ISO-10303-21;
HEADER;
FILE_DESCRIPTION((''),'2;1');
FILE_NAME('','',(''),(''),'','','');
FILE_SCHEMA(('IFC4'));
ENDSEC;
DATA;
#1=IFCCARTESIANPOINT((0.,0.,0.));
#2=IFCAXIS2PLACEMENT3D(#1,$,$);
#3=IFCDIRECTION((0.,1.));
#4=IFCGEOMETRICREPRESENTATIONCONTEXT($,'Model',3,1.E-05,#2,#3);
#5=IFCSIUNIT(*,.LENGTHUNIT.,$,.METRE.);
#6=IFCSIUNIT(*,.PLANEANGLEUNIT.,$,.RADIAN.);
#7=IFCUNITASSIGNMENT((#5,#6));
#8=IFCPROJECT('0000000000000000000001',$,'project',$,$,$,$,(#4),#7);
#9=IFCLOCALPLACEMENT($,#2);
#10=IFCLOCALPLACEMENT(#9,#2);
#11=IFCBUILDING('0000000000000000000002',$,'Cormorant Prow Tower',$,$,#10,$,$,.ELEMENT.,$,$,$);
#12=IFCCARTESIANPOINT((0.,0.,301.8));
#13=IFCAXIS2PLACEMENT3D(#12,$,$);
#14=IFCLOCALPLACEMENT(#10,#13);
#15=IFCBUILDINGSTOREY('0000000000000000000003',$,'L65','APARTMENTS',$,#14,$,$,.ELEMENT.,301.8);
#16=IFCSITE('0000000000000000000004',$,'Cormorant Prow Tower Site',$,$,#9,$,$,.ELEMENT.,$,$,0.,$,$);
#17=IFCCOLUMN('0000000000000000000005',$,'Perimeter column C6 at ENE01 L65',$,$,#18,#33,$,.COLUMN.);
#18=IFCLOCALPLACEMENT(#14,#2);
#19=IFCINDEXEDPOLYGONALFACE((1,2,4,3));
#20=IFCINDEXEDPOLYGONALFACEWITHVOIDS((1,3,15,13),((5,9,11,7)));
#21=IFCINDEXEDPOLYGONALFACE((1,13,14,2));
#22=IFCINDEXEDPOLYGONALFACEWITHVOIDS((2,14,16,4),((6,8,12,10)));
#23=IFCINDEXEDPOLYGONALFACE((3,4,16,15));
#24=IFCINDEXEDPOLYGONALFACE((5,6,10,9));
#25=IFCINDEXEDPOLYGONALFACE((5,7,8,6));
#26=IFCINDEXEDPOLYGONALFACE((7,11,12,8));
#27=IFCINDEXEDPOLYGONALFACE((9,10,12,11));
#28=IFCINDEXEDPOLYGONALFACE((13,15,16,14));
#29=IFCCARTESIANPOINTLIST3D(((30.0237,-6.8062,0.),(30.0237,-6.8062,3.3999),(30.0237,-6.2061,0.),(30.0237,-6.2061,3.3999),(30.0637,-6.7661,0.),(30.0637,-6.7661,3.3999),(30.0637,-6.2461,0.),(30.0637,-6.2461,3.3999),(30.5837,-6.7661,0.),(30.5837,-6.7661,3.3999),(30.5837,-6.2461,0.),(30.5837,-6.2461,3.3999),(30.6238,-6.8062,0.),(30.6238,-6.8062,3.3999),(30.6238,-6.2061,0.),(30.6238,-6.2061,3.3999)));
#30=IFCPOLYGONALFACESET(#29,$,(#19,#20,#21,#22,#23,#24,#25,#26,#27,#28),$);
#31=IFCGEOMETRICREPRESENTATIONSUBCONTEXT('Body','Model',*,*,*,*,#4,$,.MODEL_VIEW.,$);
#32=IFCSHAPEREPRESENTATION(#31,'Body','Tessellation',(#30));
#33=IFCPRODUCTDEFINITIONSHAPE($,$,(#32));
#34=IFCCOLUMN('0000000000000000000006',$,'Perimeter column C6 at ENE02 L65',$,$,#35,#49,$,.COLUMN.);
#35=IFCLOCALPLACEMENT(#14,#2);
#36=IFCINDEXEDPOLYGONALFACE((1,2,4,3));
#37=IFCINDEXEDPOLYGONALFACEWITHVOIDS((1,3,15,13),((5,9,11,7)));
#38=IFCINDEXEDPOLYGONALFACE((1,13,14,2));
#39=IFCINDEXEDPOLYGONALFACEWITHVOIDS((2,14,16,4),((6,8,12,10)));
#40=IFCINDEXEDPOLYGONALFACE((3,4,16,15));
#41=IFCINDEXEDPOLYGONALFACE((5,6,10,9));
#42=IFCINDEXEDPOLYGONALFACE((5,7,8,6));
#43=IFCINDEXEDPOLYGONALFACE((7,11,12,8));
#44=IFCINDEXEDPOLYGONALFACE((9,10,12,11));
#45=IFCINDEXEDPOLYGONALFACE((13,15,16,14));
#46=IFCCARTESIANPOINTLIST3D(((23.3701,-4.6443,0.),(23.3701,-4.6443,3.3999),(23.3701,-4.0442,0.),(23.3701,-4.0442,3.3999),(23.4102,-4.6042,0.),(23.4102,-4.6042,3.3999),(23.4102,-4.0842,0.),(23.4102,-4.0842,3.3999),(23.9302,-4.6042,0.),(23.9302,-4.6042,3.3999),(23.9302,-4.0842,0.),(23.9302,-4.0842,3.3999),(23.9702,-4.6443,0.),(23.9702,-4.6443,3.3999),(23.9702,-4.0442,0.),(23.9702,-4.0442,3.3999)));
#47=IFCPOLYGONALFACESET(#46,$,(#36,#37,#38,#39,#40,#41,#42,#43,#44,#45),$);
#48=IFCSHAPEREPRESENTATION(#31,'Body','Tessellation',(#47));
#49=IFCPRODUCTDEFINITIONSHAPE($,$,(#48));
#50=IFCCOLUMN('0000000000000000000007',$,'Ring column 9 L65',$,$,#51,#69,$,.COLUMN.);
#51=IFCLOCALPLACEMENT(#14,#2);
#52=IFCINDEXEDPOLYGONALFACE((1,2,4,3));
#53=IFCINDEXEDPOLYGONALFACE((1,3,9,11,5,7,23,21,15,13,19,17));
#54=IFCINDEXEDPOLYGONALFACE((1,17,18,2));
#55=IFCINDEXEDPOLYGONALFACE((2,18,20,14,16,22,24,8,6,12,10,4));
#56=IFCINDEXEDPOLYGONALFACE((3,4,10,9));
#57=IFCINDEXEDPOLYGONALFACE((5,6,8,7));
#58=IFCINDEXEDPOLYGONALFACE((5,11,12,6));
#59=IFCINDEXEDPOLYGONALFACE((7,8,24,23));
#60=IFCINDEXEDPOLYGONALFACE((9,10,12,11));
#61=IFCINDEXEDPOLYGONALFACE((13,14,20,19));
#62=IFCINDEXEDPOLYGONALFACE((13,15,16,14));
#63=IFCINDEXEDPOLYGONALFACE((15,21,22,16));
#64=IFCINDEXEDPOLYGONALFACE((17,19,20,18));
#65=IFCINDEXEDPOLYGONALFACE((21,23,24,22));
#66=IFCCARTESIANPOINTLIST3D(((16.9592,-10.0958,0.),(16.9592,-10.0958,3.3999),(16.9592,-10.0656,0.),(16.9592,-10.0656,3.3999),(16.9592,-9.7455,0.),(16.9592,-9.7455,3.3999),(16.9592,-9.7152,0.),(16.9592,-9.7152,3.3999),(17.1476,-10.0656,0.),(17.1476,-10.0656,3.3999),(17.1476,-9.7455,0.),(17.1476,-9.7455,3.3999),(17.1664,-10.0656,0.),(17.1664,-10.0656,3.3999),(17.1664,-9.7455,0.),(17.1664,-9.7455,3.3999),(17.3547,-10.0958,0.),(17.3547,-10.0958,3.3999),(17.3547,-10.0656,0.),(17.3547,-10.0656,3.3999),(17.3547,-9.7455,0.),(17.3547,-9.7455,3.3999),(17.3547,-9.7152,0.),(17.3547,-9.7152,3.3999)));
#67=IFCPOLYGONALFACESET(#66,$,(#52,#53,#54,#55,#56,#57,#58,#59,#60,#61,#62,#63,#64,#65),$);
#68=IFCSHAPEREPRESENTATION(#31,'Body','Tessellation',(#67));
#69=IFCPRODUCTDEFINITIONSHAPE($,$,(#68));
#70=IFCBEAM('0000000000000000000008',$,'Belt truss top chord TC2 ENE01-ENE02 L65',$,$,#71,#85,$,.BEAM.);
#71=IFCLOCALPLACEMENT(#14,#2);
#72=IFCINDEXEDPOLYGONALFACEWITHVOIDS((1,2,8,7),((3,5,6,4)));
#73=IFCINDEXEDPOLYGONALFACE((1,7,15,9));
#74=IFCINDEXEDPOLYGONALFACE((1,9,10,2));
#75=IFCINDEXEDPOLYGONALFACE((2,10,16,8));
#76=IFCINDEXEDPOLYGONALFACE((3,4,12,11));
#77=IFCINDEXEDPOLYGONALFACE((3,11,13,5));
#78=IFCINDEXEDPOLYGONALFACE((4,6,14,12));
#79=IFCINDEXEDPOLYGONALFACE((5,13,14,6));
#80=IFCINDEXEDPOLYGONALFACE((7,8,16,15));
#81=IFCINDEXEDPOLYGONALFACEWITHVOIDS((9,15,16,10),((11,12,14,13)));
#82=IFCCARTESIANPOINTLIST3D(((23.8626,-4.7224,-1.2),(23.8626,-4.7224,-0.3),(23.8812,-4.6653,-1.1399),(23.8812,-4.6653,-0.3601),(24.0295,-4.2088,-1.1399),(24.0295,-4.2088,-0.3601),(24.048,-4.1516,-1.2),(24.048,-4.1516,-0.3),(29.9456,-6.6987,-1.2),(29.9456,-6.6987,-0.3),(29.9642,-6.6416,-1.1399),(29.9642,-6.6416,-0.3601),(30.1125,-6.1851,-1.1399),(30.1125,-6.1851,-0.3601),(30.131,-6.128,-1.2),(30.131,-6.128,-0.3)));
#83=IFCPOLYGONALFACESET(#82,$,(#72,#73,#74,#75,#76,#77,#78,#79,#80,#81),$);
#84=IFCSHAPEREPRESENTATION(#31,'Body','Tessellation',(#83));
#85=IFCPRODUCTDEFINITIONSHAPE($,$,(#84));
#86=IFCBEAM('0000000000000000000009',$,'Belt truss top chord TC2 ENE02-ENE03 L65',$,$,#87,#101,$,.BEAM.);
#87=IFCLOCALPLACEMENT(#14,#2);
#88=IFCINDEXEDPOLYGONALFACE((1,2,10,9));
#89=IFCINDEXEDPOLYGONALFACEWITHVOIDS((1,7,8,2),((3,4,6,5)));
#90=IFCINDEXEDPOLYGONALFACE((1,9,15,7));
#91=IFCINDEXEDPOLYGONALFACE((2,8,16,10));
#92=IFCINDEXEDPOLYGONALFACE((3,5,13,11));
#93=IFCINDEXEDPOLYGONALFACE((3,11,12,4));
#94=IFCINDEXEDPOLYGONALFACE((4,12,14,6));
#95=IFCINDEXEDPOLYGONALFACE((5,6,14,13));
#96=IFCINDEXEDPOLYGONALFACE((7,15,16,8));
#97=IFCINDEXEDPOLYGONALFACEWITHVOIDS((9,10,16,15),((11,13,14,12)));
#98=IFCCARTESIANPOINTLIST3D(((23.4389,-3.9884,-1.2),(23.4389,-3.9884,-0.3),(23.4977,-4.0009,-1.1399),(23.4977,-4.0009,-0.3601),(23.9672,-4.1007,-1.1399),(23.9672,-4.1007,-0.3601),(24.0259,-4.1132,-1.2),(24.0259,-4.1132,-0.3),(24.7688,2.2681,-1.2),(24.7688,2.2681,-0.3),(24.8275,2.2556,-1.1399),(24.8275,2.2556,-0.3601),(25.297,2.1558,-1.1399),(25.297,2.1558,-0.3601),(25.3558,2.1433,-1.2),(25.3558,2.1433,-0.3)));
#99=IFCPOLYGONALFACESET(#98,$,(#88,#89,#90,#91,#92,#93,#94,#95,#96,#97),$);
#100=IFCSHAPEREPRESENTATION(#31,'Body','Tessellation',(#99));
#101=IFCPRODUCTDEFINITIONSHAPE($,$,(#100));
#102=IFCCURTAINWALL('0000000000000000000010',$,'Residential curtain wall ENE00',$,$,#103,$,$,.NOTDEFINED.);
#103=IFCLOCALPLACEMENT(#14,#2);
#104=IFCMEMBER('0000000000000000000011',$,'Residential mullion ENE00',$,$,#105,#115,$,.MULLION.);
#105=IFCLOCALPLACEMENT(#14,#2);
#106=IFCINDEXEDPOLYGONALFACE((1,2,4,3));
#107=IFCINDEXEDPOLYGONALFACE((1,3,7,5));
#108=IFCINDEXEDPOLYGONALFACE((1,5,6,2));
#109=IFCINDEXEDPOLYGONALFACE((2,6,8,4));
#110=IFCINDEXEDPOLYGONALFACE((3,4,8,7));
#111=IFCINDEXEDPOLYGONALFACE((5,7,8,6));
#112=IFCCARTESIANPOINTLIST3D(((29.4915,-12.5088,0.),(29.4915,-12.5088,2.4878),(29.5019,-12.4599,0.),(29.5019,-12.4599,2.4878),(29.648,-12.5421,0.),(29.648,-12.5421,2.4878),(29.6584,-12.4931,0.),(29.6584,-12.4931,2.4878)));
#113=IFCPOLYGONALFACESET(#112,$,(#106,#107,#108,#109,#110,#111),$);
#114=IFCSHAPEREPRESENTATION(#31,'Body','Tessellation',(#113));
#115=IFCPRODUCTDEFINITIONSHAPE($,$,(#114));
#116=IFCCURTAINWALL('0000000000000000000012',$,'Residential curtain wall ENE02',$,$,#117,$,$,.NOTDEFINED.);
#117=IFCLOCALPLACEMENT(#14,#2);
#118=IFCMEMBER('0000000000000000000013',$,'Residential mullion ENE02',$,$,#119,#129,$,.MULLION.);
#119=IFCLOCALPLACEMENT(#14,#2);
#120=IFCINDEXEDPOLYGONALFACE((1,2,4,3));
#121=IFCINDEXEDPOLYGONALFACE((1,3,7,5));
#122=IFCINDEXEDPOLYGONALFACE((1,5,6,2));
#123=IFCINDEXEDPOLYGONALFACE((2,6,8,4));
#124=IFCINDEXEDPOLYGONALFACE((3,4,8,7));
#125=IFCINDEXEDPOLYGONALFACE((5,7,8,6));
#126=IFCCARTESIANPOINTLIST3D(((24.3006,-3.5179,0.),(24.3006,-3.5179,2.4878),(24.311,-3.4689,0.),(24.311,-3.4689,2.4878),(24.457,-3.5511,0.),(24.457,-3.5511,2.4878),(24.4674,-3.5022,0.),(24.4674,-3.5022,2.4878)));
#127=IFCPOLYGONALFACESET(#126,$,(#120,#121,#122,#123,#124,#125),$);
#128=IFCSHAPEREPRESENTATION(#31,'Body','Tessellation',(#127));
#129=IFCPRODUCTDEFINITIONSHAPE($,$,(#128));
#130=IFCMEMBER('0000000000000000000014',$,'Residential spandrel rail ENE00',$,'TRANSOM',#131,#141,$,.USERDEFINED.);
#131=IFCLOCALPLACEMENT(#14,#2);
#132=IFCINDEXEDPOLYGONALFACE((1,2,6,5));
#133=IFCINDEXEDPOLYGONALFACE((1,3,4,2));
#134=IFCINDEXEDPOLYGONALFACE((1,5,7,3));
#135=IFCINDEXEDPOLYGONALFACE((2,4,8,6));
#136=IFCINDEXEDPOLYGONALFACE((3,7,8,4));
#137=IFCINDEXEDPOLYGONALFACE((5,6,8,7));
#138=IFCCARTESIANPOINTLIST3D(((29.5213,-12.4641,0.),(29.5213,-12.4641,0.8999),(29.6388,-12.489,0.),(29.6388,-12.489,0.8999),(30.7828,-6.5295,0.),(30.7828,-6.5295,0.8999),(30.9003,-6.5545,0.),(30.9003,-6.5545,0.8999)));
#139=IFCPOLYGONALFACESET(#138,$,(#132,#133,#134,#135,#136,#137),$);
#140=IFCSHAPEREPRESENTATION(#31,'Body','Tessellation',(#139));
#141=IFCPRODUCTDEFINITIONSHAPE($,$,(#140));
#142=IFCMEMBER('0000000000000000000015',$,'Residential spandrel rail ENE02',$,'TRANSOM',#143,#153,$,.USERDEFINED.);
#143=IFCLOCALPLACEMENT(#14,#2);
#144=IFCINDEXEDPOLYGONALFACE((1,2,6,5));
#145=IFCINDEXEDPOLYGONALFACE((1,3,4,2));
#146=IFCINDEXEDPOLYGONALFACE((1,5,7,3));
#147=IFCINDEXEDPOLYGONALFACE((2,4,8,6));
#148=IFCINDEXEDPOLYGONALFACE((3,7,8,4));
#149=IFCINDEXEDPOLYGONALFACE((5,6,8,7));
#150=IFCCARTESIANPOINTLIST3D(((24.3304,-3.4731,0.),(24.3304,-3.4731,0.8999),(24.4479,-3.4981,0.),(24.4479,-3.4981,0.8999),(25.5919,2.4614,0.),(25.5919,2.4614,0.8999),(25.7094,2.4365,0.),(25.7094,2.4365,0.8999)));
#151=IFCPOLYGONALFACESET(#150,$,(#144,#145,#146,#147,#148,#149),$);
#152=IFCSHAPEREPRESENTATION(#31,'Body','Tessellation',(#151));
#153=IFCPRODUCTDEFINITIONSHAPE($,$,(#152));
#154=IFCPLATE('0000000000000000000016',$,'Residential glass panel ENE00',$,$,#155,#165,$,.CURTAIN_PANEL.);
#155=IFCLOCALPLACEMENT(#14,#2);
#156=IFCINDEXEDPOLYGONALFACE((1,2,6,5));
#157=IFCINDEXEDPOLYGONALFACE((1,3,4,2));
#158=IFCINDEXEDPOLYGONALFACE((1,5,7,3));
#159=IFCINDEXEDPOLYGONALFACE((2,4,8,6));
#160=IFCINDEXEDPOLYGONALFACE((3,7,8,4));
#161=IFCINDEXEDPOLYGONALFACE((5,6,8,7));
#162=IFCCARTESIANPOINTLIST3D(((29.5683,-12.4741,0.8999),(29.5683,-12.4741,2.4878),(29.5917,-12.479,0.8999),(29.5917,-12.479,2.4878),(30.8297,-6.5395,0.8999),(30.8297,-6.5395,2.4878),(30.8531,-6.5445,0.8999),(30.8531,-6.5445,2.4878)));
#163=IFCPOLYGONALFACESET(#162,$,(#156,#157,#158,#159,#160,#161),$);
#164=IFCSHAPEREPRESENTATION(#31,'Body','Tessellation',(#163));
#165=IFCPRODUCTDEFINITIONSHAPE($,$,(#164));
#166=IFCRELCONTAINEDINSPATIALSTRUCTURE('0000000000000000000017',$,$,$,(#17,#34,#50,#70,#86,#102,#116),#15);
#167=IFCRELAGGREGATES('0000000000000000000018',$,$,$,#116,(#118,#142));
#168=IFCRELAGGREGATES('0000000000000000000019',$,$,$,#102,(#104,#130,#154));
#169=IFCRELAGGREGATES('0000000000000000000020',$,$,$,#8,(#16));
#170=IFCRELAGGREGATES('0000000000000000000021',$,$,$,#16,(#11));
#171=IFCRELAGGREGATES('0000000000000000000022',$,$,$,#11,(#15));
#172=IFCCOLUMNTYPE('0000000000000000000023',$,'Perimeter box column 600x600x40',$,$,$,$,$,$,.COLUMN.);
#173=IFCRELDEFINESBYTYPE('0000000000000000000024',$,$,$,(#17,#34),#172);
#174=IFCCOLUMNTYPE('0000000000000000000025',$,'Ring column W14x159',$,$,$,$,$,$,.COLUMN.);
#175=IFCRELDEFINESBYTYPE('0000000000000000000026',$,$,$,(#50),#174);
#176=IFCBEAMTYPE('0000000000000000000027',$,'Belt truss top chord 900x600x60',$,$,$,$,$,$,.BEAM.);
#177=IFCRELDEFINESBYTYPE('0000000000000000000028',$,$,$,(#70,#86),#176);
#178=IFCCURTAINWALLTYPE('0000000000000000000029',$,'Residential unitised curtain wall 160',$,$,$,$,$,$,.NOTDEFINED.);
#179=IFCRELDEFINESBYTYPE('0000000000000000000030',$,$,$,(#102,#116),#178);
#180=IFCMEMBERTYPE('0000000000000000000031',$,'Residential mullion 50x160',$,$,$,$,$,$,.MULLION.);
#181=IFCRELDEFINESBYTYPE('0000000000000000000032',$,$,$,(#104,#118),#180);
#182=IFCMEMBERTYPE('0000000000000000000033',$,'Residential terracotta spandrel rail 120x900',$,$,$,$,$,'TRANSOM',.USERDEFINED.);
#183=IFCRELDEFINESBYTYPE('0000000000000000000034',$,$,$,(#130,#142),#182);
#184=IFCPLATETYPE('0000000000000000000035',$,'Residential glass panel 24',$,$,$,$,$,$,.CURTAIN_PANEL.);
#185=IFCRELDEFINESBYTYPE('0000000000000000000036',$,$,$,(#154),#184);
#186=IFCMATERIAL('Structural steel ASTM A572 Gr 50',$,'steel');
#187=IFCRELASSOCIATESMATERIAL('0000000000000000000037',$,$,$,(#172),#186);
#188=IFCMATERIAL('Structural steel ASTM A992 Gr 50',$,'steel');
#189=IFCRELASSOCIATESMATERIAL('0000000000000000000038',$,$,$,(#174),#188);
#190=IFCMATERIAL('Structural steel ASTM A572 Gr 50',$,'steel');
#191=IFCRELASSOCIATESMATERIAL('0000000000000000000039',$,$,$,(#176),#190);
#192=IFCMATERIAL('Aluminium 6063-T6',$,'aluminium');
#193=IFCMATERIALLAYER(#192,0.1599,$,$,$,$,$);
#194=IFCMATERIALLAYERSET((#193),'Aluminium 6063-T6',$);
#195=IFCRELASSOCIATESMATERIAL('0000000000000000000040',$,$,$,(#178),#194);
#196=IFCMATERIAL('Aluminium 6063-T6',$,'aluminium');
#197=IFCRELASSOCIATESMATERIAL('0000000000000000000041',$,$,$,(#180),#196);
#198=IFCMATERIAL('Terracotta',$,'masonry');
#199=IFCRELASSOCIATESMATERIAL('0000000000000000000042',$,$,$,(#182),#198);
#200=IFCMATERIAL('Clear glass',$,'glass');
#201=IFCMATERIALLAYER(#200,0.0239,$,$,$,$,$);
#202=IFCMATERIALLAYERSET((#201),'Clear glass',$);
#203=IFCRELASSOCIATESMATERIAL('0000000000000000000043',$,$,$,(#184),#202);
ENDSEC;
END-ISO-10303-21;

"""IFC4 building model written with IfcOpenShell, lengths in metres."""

from ifc_helpers import new_model, si_unit, direction, frame, origin, origin_2d, place, context, subcontext, project, spatial, rectangle, hollow_rectangle, i_section, extrude, material, layer, layer_set, material_profile, profile_set, type_object, element, aggregate, save


model = new_model("IFC4")

# Units and contexts
model_context = context("Model", 3, precision=1e-05, world=origin(), true_north=direction((0.0, 1.0)))
body_context = subcontext(model_context, "Body", "Model", "MODEL_VIEW")
ifc_project = project(units=[si_unit("LENGTHUNIT", "METRE"), si_unit("PLANEANGLEUNIT", "RADIAN")], contexts=[model_context])

# Site, building, storey
site_placement = place(None, origin())
site = spatial("IfcSite", under=ifc_project, at=site_placement, Name="Cormorant Prow Tower Site", CompositionType="ELEMENT", RefElevation=0.0)
building_placement = place(site_placement, origin())
building = spatial("IfcBuilding", under=site, at=building_placement, Name="Cormorant Prow Tower", CompositionType="ELEMENT")
storey_placement = place(building_placement, frame((0.0, 0.0, 301.8)))
storey = spatial("IfcBuildingStorey", under=building, at=storey_placement, Name="L65", Description="APARTMENTS", CompositionType="ELEMENT", Elevation=301.8)

# Columns
ifc_material_1 = material(Name="Structural steel ASTM A572 Gr 50", Category="steel")
ifc_material_profile_1 = material_profile(ifc_material_1, hollow_rectangle(XDim=0.6001, YDim=0.6001, WallThickness=0.04, at=origin_2d()), Name="Box 600x600x40")
ifc_profile_set_1 = profile_set([ifc_material_profile_1], Name="Structural steel ASTM A572 Gr 50")
column_type_1 = type_object("IfcColumnType", Name="Perimeter box column 600x600x40", PredefinedType="COLUMN", material=ifc_profile_set_1)
for number, where, z_axis, x_axis, name in (
    (1, (30.3237, -6.5061, 0.0), (0.0, 0.0, 1.0), (1.0, 0.0, 0.0), "Perimeter column C6 at ENE01 L65"),
    (2, (23.6702, -4.3442, 0.0), (0.0, 0.0, 1.0), (1.0, 0.0, 0.0), "Perimeter column C6 at ENE02 L65"),
):
    element("IfcColumn", number, at=place(storey_placement, frame(where, z_axis=z_axis, x_axis=x_axis)), inside=storey, type_object=column_type_1, Name=name, PredefinedType="COLUMN", context=body_context, shape_type="SweptSolid", body=[
        extrude(hollow_rectangle(XDim=0.6001, YDim=0.6001, WallThickness=0.04, at=origin_2d()), origin(), (0.0, 0.0, 1.0), 3.3999),
    ])
ifc_material_2 = material(Name="Structural steel ASTM A992 Gr 50", Category="steel")
ifc_material_profile_2 = material_profile(ifc_material_2, i_section(OverallWidth=0.3955, OverallDepth=0.3806, WebThickness=0.0188, FlangeThickness=0.0303, at=origin_2d()), Name="W14x159")
ifc_profile_set_2 = profile_set([ifc_material_profile_2], Name="Structural steel ASTM A992 Gr 50")
column_type_2 = type_object("IfcColumnType", Name="Ring column W14x159", PredefinedType="COLUMN", material=ifc_profile_set_2)
column_placement = place(storey_placement, frame((17.157, -9.9055, 0.0), z_axis=(0.0, 0.0, 1.0), x_axis=(1.0, 0.0, 0.0)))
element("IfcColumn", 3, at=column_placement, inside=storey, type_object=column_type_2, Name="Ring column 9 L65", PredefinedType="COLUMN", context=body_context, shape_type="SweptSolid", body=[
    extrude(i_section(OverallWidth=0.3955, OverallDepth=0.3806, WebThickness=0.0188, FlangeThickness=0.0303, at=origin_2d()), origin(), (0.0, 0.0, 1.0), 3.3999),
])

# Beams
ifc_material_3 = material(Name="Structural steel ASTM A572 Gr 50", Category="steel")
ifc_material_profile_3 = material_profile(ifc_material_3, hollow_rectangle(XDim=0.6001, YDim=0.8999, WallThickness=0.0601, at=origin_2d()), Name="Box 900x600x60")
ifc_profile_set_3 = profile_set([ifc_material_profile_3], Name="Structural steel ASTM A572 Gr 50")
beam_type = type_object("IfcBeamType", Name="Belt truss top chord 900x600x60", PredefinedType="BEAM", material=ifc_profile_set_3)
beam_1_placement = place(storey_placement, frame((30.0383, -6.4133, -0.75), z_axis=(-0.951064, 0.308993, 0.0), x_axis=(-0.308993, -0.951064, 0.0)))
element("IfcBeam", 4, at=beam_1_placement, inside=storey, type_object=beam_type, Name="Belt truss top chord TC2 ENE01-ENE02 L65", PredefinedType="BEAM", context=body_context, shape_type="SweptSolid", body=[
    extrude(hollow_rectangle(XDim=0.6001, YDim=0.8999, WallThickness=0.0601, at=origin_2d()), origin(), (0.0, 0.0, 1.0), 6.396),
])
beam_2_placement = place(storey_placement, frame((23.7324, -4.0508, -0.75), z_axis=(0.207913, 0.978147, 0.0), x_axis=(-0.978147, 0.207913, 0.0)))
element("IfcBeam", 5, at=beam_2_placement, inside=storey, type_object=beam_type, Name="Belt truss top chord TC2 ENE02-ENE03 L65", PredefinedType="BEAM", context=body_context, shape_type="SweptSolid", body=[
    extrude(hollow_rectangle(XDim=0.6001, YDim=0.8999, WallThickness=0.0601, at=origin_2d()), origin(), (0.0, 0.0, 1.0), 6.3962),
])

# Curtain walls, members
ifc_material_4 = material(Name="Aluminium 6063-T6", Category="aluminium")
ifc_layer_1 = layer(ifc_material_4, 0.1599)
ifc_layer_set_1 = layer_set([ifc_layer_1], Name="Aluminium 6063-T6")
curtain_wall_type = type_object("IfcCurtainWallType", Name="Residential unitised curtain wall 160", PredefinedType="NOTDEFINED", material=ifc_layer_set_1)
curtain_wall_1_placement = place(storey_placement, origin())
curtain_wall_1 = element("IfcCurtainWall", 6, at=curtain_wall_1_placement, inside=storey, type_object=curtain_wall_type, Name="Residential curtain wall ENE00", PredefinedType="NOTDEFINED")
ifc_material_5 = material(Name="Aluminium 6063-T6", Category="aluminium")
ifc_material_profile_4 = material_profile(ifc_material_5, rectangle(XDim=0.1599, YDim=0.05, at=origin_2d()), Name="Residential mullion 50x160")
ifc_profile_set_4 = profile_set([ifc_material_profile_4], Name="Aluminium 6063-T6")
member_type_1 = type_object("IfcMemberType", Name="Residential mullion 50x160", PredefinedType="MULLION", material=ifc_profile_set_4)
member_1_placement = place(storey_placement, frame((29.575, -12.501, 0.0), z_axis=(0.0, 0.0, 1.0), x_axis=(-0.978148, 0.207912, 0.0)))
member_1 = element("IfcMember", 7, at=member_1_placement, type_object=member_type_1, Name="Residential mullion ENE00", PredefinedType="MULLION", context=body_context, shape_type="SweptSolid", body=[
    extrude(rectangle(XDim=0.1599, YDim=0.05, at=origin_2d()), origin(), (0.0, 0.0, 1.0), 2.4878),
])
curtain_wall_2_placement = place(storey_placement, origin())
curtain_wall_2 = element("IfcCurtainWall", 8, at=curtain_wall_2_placement, inside=storey, type_object=curtain_wall_type, Name="Residential curtain wall ENE02", PredefinedType="NOTDEFINED")
member_2_placement = place(storey_placement, frame((24.384, -3.51, 0.0), z_axis=(0.0, 0.0, 1.0), x_axis=(-0.978148, 0.207912, 0.0)))
member_2 = element("IfcMember", 9, at=member_2_placement, type_object=member_type_1, Name="Residential mullion ENE02", PredefinedType="MULLION", context=body_context, shape_type="SweptSolid", body=[
    extrude(rectangle(XDim=0.1599, YDim=0.05, at=origin_2d()), origin(), (0.0, 0.0, 1.0), 2.4878),
])

# Members
ifc_material_6 = material(Name="Terracotta", Category="masonry")
ifc_material_profile_5 = material_profile(ifc_material_6, rectangle(XDim=0.1201, YDim=0.8999, at=origin_2d()), Name="Residential terracotta spandrel rail 120x900")
ifc_profile_set_5 = profile_set([ifc_material_profile_5], Name="Terracotta")
member_type_2 = type_object("IfcMemberType", Name="Residential terracotta spandrel rail 120x900", ElementType="TRANSOM", PredefinedType="USERDEFINED", material=ifc_profile_set_5)
member_3_placement = place(storey_placement, frame((29.5801, -12.4766, 0.45), z_axis=(0.207918, 0.978146, 0.0), x_axis=(-0.978146, 0.207918, 0.0)))
member_3 = element("IfcMember", 10, at=member_3_placement, type_object=member_type_2, Name="Residential spandrel rail ENE00", ObjectType="TRANSOM", PredefinedType="USERDEFINED", context=body_context, shape_type="SweptSolid", body=[
    extrude(rectangle(XDim=0.1201, YDim=0.8999, at=origin_2d()), origin(), (0.0, 0.0, 1.0), 6.0671),
])
member_4_placement = place(storey_placement, frame((24.3892, -3.4856, 0.45), z_axis=(0.207918, 0.978146, 0.0), x_axis=(-0.978146, 0.207918, 0.0)))
member_4 = element("IfcMember", 11, at=member_4_placement, type_object=member_type_2, Name="Residential spandrel rail ENE02", ObjectType="TRANSOM", PredefinedType="USERDEFINED", context=body_context, shape_type="SweptSolid", body=[
    extrude(rectangle(XDim=0.1201, YDim=0.8999, at=origin_2d()), origin(), (0.0, 0.0, 1.0), 6.0671),
])
aggregate(curtain_wall_2, [member_2, member_4])

# Plate
ifc_material_7 = material(Name="Clear glass", Category="glass")
ifc_layer_2 = layer(ifc_material_7, 0.0239)
ifc_layer_set_2 = layer_set([ifc_layer_2], Name="Clear glass")
plate_type = type_object("IfcPlateType", Name="Residential glass panel 24", PredefinedType="CURTAIN_PANEL", material=ifc_layer_set_2)
plate_placement = place(storey_placement, frame((30.2107, -9.5093, 0.8999), z_axis=(0.0, 0.0, 1.0), x_axis=(0.207912, 0.978148, 0.0)))
plate = element("IfcPlate", 12, at=plate_placement, type_object=plate_type, Name="Residential glass panel ENE00", PredefinedType="CURTAIN_PANEL", context=body_context, shape_type="SweptSolid", body=[
    extrude(rectangle(XDim=6.0671, YDim=0.0239, at=origin_2d()), origin(), (0.0, 0.0, 1.0), 1.5879),
])
aggregate(curtain_wall_1, [member_1, member_3, plate])

save(model, "model.ifc")
